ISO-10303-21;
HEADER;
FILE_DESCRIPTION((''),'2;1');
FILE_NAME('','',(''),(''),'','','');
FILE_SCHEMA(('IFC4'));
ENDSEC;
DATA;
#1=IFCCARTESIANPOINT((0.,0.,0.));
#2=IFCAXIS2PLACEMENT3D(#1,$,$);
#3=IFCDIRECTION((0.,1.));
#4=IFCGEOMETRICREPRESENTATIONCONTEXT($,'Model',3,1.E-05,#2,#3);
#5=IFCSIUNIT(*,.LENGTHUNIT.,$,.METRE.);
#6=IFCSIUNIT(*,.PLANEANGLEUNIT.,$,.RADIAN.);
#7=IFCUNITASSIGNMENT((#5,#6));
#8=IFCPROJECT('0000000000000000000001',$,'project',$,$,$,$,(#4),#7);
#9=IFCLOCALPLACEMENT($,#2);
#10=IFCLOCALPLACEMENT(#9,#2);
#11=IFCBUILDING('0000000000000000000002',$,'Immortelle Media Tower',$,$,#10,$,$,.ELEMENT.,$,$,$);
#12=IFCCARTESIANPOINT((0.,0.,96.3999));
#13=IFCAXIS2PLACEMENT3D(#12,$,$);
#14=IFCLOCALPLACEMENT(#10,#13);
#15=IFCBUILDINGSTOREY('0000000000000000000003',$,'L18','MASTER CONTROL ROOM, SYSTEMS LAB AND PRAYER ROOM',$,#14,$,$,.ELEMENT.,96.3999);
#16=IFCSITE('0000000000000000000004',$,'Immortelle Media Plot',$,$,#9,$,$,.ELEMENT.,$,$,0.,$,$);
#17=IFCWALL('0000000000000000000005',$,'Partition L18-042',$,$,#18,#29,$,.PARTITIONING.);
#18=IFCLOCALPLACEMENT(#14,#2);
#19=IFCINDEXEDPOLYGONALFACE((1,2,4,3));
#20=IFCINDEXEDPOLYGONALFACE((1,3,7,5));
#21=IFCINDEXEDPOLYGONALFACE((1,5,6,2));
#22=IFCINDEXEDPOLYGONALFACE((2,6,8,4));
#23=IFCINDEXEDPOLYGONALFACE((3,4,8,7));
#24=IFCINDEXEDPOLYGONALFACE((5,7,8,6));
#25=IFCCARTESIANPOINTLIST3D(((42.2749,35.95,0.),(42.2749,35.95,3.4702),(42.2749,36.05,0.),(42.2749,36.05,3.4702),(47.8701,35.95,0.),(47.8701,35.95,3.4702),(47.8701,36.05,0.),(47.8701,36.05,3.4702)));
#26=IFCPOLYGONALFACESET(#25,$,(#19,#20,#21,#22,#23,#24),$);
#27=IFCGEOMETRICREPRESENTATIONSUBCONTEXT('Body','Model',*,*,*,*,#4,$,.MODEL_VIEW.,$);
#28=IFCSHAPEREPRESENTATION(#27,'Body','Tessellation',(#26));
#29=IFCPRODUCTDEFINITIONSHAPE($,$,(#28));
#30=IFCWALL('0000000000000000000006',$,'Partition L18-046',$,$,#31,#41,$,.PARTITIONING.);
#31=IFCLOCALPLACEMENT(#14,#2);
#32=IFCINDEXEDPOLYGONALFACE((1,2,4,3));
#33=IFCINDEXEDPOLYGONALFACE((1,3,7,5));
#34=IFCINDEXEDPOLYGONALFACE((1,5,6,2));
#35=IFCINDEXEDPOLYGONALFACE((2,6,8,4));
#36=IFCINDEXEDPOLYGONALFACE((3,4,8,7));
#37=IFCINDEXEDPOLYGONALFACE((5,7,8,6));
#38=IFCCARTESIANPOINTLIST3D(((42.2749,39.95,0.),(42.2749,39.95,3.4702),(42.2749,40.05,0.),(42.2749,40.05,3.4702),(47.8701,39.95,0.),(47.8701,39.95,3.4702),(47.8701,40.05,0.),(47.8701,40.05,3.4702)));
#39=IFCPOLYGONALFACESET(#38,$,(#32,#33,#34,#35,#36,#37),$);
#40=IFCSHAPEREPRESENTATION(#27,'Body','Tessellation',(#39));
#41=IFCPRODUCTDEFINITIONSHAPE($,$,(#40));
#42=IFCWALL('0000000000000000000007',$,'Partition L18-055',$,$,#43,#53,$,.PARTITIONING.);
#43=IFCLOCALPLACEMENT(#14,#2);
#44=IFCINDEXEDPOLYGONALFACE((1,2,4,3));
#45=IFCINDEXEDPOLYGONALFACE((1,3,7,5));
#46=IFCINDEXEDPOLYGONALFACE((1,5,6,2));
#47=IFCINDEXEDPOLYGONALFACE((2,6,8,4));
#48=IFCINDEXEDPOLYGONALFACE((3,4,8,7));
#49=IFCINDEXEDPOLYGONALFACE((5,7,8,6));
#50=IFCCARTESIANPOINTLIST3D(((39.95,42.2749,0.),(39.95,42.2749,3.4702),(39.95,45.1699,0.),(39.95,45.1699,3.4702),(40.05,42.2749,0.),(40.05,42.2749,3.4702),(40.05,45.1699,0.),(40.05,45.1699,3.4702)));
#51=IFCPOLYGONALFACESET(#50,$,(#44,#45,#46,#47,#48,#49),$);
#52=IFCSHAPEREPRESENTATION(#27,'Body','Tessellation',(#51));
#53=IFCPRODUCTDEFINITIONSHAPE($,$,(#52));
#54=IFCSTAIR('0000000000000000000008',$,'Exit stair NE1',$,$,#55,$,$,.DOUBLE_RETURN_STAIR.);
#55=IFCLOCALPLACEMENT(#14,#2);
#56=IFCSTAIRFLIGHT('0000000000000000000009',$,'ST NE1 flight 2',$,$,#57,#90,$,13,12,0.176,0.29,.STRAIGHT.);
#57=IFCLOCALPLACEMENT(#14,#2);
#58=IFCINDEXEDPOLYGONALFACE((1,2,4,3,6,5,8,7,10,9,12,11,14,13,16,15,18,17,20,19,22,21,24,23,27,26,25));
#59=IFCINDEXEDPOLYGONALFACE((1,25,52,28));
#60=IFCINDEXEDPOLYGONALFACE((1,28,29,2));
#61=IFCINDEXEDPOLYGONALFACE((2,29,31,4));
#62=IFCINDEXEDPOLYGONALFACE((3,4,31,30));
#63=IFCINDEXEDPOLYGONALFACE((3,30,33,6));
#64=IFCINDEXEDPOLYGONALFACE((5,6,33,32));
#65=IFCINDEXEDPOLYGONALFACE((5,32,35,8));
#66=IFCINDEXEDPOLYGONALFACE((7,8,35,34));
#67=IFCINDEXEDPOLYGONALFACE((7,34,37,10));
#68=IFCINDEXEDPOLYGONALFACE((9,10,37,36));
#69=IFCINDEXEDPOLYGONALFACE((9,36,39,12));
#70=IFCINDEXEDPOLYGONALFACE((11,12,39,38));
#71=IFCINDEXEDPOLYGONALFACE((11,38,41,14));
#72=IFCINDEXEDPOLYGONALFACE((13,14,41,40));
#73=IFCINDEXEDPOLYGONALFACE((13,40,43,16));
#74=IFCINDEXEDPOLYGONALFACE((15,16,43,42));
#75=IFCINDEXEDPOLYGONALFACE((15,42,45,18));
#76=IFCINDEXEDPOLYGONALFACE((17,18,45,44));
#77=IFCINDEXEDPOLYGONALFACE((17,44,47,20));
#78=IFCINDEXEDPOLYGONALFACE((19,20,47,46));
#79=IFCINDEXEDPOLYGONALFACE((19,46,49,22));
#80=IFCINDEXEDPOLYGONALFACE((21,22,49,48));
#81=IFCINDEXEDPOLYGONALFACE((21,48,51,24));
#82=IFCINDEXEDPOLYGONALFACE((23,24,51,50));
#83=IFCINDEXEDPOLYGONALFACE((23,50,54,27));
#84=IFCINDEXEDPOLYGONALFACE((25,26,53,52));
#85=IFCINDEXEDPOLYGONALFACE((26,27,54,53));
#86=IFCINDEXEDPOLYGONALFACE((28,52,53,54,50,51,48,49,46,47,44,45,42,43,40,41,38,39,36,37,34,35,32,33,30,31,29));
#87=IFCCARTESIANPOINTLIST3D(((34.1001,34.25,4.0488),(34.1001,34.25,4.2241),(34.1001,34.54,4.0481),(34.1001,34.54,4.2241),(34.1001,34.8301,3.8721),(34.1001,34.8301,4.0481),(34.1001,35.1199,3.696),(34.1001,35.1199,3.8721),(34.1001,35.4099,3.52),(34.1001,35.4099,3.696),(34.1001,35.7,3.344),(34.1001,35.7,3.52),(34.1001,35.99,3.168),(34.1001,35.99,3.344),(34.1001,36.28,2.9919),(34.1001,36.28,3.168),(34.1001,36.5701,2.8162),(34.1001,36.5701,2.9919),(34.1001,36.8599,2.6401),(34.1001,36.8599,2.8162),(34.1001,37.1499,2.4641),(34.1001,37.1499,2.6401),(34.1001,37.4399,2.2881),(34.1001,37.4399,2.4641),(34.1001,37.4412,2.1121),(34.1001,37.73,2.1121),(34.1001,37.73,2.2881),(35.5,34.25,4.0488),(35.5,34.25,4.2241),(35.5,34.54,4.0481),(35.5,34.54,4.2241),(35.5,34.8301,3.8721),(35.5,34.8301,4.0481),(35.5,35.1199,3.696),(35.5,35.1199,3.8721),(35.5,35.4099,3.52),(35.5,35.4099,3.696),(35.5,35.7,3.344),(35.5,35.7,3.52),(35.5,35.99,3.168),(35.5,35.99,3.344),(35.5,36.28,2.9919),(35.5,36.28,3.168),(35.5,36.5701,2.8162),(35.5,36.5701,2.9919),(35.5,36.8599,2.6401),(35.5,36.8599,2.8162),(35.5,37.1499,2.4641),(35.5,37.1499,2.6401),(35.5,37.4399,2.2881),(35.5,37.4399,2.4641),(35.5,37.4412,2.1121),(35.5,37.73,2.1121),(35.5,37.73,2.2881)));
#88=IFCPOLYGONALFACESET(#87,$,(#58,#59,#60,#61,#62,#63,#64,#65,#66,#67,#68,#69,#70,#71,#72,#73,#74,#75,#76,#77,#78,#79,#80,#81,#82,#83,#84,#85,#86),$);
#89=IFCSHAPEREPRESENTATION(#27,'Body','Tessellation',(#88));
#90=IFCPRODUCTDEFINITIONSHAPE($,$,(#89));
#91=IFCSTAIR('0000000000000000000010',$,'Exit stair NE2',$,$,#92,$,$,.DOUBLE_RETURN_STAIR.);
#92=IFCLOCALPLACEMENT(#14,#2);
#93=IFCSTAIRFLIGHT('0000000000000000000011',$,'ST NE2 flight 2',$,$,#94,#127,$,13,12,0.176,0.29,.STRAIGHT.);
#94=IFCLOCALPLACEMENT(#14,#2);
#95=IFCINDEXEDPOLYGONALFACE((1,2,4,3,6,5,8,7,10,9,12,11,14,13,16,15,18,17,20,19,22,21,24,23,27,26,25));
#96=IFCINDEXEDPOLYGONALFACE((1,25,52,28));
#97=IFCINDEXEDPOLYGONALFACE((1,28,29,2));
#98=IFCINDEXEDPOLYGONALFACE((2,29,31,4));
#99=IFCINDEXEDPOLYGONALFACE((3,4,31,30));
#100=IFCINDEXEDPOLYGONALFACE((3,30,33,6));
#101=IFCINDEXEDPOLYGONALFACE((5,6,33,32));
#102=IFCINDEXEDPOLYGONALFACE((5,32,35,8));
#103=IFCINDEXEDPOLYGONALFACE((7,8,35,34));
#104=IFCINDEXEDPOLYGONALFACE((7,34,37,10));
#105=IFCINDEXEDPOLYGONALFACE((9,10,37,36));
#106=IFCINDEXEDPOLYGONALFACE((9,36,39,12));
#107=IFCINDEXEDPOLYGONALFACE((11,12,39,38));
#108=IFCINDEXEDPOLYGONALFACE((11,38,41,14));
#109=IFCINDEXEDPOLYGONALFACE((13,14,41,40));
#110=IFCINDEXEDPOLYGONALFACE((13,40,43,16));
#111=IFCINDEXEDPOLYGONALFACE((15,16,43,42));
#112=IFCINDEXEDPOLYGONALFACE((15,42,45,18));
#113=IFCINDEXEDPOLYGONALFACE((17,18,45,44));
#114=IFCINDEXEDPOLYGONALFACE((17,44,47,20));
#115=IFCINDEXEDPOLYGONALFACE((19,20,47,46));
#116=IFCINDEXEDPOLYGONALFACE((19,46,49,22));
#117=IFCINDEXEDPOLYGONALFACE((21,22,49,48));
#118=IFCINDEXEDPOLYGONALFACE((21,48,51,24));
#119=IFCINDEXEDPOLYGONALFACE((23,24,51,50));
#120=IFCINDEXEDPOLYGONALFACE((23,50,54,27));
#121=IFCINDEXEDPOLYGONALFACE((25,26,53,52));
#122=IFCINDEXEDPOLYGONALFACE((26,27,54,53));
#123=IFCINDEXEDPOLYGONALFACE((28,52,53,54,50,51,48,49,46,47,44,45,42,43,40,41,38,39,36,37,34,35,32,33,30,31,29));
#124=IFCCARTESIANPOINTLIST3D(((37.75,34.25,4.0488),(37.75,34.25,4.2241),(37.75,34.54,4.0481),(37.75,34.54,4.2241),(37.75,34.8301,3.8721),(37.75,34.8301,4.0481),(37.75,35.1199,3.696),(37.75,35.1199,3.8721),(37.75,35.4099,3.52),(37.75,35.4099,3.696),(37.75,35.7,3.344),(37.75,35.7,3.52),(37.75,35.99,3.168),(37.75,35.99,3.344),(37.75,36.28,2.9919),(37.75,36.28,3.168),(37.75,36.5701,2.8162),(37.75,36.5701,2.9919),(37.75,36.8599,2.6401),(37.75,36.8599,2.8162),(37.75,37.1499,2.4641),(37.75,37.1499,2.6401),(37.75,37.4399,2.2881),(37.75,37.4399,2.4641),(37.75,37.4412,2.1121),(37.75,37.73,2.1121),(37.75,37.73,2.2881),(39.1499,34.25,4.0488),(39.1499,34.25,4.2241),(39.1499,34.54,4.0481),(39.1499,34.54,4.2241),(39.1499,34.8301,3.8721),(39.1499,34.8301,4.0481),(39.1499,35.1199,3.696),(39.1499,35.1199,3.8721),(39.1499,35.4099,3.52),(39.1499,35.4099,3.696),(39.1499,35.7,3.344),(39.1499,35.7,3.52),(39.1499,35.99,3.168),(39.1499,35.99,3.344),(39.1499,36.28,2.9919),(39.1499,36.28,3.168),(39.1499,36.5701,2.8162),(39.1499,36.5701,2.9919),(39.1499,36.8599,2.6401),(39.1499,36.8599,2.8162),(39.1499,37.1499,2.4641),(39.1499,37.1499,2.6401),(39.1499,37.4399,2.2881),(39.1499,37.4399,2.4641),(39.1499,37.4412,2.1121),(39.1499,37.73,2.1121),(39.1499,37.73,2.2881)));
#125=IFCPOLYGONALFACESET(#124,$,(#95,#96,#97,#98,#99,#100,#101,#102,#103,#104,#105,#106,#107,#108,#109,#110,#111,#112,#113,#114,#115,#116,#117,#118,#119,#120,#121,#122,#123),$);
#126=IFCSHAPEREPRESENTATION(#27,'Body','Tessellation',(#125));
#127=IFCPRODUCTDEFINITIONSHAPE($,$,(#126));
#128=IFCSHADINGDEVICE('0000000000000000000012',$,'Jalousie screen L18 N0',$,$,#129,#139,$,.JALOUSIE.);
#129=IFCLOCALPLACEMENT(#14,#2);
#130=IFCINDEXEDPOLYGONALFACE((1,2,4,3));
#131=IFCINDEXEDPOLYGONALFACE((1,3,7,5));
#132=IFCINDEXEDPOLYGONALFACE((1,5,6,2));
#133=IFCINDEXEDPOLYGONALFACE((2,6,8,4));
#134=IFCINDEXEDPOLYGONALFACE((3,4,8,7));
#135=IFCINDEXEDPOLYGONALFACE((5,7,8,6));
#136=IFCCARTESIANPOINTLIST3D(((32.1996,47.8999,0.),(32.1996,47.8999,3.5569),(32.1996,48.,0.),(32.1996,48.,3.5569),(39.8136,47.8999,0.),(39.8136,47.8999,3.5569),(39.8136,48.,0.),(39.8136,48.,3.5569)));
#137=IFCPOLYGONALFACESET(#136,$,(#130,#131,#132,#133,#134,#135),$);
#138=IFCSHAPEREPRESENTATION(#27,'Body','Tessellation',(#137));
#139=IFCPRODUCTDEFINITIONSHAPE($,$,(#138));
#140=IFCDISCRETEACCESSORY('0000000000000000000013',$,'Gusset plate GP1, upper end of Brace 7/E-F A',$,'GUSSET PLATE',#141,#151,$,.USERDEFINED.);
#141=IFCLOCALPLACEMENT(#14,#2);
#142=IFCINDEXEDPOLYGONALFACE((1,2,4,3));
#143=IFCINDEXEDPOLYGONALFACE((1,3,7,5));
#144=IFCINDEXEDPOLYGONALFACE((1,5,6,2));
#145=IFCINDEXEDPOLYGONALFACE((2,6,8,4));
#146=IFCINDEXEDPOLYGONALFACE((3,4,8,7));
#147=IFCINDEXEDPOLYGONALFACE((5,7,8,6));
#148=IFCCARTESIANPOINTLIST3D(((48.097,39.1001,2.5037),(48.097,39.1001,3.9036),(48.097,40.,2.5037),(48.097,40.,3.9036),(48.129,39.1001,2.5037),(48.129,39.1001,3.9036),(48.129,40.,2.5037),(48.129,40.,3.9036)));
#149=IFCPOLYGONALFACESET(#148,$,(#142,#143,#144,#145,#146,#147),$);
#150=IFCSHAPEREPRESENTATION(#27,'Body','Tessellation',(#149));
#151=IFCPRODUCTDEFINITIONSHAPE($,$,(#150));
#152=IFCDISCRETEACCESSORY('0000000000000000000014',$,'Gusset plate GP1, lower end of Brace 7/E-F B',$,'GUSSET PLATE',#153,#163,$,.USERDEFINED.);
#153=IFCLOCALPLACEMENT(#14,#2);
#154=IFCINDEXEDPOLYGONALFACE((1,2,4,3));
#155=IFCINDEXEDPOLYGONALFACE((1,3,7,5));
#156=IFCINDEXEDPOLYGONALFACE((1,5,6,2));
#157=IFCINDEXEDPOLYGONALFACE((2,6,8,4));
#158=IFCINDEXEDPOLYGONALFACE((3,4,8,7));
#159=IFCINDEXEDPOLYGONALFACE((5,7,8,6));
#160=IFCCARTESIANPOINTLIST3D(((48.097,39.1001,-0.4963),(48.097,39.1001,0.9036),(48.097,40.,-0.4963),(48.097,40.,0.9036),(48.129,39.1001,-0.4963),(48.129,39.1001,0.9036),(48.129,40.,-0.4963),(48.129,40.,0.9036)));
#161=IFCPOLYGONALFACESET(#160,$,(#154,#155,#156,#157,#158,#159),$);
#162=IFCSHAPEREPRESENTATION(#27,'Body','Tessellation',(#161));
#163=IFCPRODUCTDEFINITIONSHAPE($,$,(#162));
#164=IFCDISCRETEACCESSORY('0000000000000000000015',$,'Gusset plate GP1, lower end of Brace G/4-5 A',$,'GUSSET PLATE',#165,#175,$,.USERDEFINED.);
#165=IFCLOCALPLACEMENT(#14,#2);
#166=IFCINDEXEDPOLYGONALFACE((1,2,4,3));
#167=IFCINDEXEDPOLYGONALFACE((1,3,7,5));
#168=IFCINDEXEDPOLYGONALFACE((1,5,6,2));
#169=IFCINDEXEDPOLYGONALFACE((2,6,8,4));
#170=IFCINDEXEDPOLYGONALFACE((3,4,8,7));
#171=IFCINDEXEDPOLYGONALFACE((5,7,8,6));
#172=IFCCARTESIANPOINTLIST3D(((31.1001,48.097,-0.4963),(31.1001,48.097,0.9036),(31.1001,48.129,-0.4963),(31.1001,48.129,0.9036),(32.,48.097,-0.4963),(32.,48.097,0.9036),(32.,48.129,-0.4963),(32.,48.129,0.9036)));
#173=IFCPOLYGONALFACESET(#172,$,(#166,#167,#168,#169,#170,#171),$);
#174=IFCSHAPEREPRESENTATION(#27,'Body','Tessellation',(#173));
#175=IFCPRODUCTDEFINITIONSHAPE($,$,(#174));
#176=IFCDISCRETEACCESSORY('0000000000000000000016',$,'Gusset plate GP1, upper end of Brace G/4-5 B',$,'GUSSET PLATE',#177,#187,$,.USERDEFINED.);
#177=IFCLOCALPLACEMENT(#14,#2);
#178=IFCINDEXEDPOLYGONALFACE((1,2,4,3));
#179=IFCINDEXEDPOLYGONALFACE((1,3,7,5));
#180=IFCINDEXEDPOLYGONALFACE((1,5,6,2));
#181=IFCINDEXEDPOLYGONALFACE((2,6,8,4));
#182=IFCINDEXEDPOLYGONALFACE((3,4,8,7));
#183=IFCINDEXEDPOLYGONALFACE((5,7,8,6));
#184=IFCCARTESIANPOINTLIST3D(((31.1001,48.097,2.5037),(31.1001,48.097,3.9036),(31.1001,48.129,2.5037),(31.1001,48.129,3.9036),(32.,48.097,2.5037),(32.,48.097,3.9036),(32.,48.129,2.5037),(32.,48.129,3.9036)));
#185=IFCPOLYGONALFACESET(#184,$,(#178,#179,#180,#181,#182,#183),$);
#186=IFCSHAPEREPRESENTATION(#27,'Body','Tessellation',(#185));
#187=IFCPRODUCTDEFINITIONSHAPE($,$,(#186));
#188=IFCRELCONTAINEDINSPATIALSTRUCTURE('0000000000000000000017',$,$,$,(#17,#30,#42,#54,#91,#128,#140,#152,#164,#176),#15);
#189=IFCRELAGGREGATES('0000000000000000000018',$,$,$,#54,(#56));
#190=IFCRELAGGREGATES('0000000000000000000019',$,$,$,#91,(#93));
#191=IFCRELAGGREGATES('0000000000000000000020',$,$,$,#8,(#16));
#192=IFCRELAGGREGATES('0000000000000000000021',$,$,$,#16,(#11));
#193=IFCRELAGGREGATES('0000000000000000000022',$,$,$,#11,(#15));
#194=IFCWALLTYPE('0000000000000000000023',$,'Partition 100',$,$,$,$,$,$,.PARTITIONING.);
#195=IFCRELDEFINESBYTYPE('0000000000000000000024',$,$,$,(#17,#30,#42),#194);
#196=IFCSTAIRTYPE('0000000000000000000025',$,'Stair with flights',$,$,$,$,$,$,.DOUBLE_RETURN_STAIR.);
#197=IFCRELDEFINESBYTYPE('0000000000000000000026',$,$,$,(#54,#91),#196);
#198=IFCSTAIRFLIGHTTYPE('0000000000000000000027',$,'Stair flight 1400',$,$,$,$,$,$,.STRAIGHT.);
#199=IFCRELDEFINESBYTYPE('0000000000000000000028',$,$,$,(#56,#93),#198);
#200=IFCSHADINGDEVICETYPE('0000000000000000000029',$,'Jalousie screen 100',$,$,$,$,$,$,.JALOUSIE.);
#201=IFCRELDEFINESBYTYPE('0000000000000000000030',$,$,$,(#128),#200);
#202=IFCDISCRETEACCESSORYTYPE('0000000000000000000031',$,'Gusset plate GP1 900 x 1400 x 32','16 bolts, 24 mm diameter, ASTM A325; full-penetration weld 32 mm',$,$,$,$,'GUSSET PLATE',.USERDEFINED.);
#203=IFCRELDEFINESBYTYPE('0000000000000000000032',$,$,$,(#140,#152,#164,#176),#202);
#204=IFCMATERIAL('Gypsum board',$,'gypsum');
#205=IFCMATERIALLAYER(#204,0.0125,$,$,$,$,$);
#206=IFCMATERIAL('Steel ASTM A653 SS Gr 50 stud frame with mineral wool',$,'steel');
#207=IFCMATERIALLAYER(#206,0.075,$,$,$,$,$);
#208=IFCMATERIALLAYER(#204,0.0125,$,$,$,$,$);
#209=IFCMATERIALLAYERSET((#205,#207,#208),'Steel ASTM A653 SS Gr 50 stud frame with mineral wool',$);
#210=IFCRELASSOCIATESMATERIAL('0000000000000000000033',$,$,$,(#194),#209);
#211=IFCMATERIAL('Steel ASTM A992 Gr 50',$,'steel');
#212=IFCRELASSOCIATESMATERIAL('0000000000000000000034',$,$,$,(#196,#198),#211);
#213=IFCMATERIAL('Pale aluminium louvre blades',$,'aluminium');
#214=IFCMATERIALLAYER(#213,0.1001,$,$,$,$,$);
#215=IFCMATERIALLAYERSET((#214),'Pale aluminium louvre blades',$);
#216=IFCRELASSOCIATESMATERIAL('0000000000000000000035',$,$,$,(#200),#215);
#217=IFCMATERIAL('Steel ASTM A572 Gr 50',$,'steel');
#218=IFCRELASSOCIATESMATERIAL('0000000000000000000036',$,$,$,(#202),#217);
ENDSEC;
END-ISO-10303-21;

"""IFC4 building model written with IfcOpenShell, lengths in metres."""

from ifc_helpers import new_model, si_unit, direction, frame, frame_2d, origin, origin_2d, place, context, subcontext, project, spatial, polyline, rectangle, outline, extrude, material, layer, layer_set, material_profile, profile_set, type_object, element, aggregate, save


model = new_model("IFC4")

# Units and contexts
model_context = context("Model", 3, precision=1e-05, world=origin(), true_north=direction((0.0, 1.0)))
body_context = subcontext(model_context, "Body", "Model", "MODEL_VIEW")
ifc_project = project(units=[si_unit("LENGTHUNIT", "METRE"), si_unit("PLANEANGLEUNIT", "RADIAN")], contexts=[model_context])

# Site, building, storey
site_placement = place(None, origin())
site = spatial("IfcSite", under=ifc_project, at=site_placement, Name="Immortelle Media Plot", CompositionType="ELEMENT", RefElevation=0.0)
building_placement = place(site_placement, origin())
building = spatial("IfcBuilding", under=site, at=building_placement, Name="Immortelle Media Tower", CompositionType="ELEMENT")
storey_placement = place(building_placement, frame((0.0, 0.0, 96.3999)))
storey = spatial("IfcBuildingStorey", under=building, at=storey_placement, Name="L18", Description="MASTER CONTROL ROOM, SYSTEMS LAB AND PRAYER ROOM", CompositionType="ELEMENT", Elevation=96.3999)

# Shared definitions
ifc_material_1 = material(Name="Steel ASTM A992 Gr 50", Category="steel")

# Shared definitions
ifc_material_2 = material(Name="Steel ASTM A653 SS Gr 50 stud frame with mineral wool", Category="steel")

# Walls
ifc_material_3 = material(Name="Gypsum board", Category="gypsum")
ifc_layer_1 = layer(ifc_material_3, 0.0125)
ifc_layer_2 = layer(ifc_material_2, 0.075)
ifc_layer_3 = layer(ifc_material_3, 0.0125)
ifc_layer_set_1 = layer_set([ifc_layer_1, ifc_layer_2, ifc_layer_3], Name="Steel ASTM A653 SS Gr 50 stud frame with mineral wool")
wall_type_1 = type_object("IfcWallType", Name="Partition 100", PredefinedType="PARTITIONING", material=ifc_layer_set_1)
for number, where, z_axis, x_axis, name in (
    (1, (42.2749, 36.0, 0.0), (0.0, 0.0, 1.0), (1.0, 0.0, 0.0), "Partition L18-042"),
    (2, (42.2749, 40.0, 0.0), (0.0, 0.0, 1.0), (1.0, 0.0, 0.0), "Partition L18-046"),
):
    element("IfcWall", number, at=place(storey_placement, frame(where, z_axis=z_axis, x_axis=x_axis)), inside=storey, type_object=wall_type_1, Name=name, PredefinedType="PARTITIONING", context=body_context, shape_type="SweptSolid", body=[
        extrude(rectangle(XDim=5.5952, YDim=0.1001, at=frame_2d((2.7976, 0.0))), origin(), (0.0, 0.0, 1.0), 3.4702),
    ])
wall_1_placement = place(storey_placement, frame((40.0, 42.2749, 0.0), z_axis=(0.0, 0.0, 1.0), x_axis=(0.0, 1.0, 0.0)))
element("IfcWall", 3, at=wall_1_placement, inside=storey, type_object=wall_type_1, Name="Partition L18-055", PredefinedType="PARTITIONING", context=body_context, shape_type="SweptSolid", body=[
    extrude(rectangle(XDim=2.895, YDim=0.1001, at=frame_2d((1.4475, 0.0))), origin(), (0.0, 0.0, 1.0), 3.4702),
])

# Stairs, stair flights
stair_type = type_object("IfcStairType", Name="Stair with flights", PredefinedType="DOUBLE_RETURN_STAIR", material=ifc_material_1)
stair_1_placement = place(storey_placement, origin())
stair_1 = element("IfcStair", 4, at=stair_1_placement, inside=storey, type_object=stair_type, Name="Exit stair NE1", PredefinedType="DOUBLE_RETURN_STAIR")
stair_flight_type = type_object("IfcStairFlightType", Name="Stair flight 1400", PredefinedType="STRAIGHT", material=ifc_material_1)
stair_flight_1_placement = place(storey_placement, frame((34.8, 37.73, 2.1121), z_axis=(0.0, 0.0, 1.0), x_axis=(0.0, -1.0, 0.0)))
stair_flight_1 = element("IfcStairFlight", 5, at=stair_flight_1_placement, type_object=stair_flight_type, Name="ST NE1 flight 2", NumberOfRisers=13, NumberOfTreads=12, PredefinedType="STRAIGHT", RiserHeight=0.176, TreadLength=0.29, context=body_context, shape_type="SweptSolid", body=[
    extrude(outline(polyline([(0.0, 0.0), (0.0, 0.176), (0.29, 0.176), (0.29, 0.3521), (0.5801, 0.3521), (0.5801, 0.5281), (0.8701, 0.5281), (0.8701, 0.7041), (1.1599, 0.7041), (1.1599, 0.8799), (1.45, 0.8799), (1.45, 1.0559), (1.74, 1.0559), (1.74, 1.2319), (2.03, 1.2319), (2.03, 1.408), (2.3201, 1.408), (2.3201, 1.584), (2.6101, 1.584), (2.6101, 1.76), (2.8999, 1.76), (2.8999, 1.936), (3.1899, 1.936), (3.1899, 2.1121), (3.48, 2.1121), (3.48, 2.2881), (3.48, 1.9368), (0.2888, 0.0), (0.0, 0.0)])), frame((0.0, 0.7, 0.0), z_axis=(0.0, -1.0, 0.0), x_axis=(1.0, 0.0, 0.0)), (0.0, 0.0, 1.0), 1.3999),
])
aggregate(stair_1, [stair_flight_1])
stair_2_placement = place(storey_placement, origin())
stair_2 = element("IfcStair", 6, at=stair_2_placement, inside=storey, type_object=stair_type, Name="Exit stair NE2", PredefinedType="DOUBLE_RETURN_STAIR")
stair_flight_2_placement = place(storey_placement, frame((38.45, 37.73, 2.1121), z_axis=(0.0, 0.0, 1.0), x_axis=(0.0, -1.0, 0.0)))
stair_flight_2 = element("IfcStairFlight", 7, at=stair_flight_2_placement, type_object=stair_flight_type, Name="ST NE2 flight 2", NumberOfRisers=13, NumberOfTreads=12, PredefinedType="STRAIGHT", RiserHeight=0.176, TreadLength=0.29, context=body_context, shape_type="SweptSolid", body=[
    extrude(outline(polyline([(0.0, 0.0), (0.0, 0.176), (0.29, 0.176), (0.29, 0.3521), (0.5801, 0.3521), (0.5801, 0.5281), (0.8701, 0.5281), (0.8701, 0.7041), (1.1599, 0.7041), (1.1599, 0.8799), (1.45, 0.8799), (1.45, 1.0559), (1.74, 1.0559), (1.74, 1.2319), (2.03, 1.2319), (2.03, 1.408), (2.3201, 1.408), (2.3201, 1.584), (2.6101, 1.584), (2.6101, 1.76), (2.8999, 1.76), (2.8999, 1.936), (3.1899, 1.936), (3.1899, 2.1121), (3.48, 2.1121), (3.48, 2.2881), (3.48, 1.9368), (0.2888, 0.0), (0.0, 0.0)])), frame((0.0, 0.7, 0.0), z_axis=(0.0, -1.0, 0.0), x_axis=(1.0, 0.0, 0.0)), (0.0, 0.0, 1.0), 1.3999),
])
aggregate(stair_2, [stair_flight_2])

# Shading device
ifc_material_4 = material(Name="Pale aluminium louvre blades", Category="aluminium")
ifc_layer_4 = layer(ifc_material_4, 0.1001)
ifc_layer_set_2 = layer_set([ifc_layer_4], Name="Pale aluminium louvre blades")
shading_device_type = type_object("IfcShadingDeviceType", Name="Jalousie screen 100", PredefinedType="JALOUSIE", material=ifc_layer_set_2)
shading_device_placement = place(storey_placement, frame((36.0066, 47.95, 0.0), z_axis=(0.0, 0.0, 1.0), x_axis=(-1.0, 0.0, 0.0)))
element("IfcShadingDevice", 8, at=shading_device_placement, inside=storey, type_object=shading_device_type, Name="Jalousie screen L18 N0", PredefinedType="JALOUSIE", context=body_context, shape_type="SweptSolid", body=[
    extrude(rectangle(XDim=7.614, YDim=0.1001, at=origin_2d()), origin(), (0.0, 0.0, 1.0), 3.5569),
])

# Discrete accessories
ifc_material_5 = material(Name="Steel ASTM A572 Gr 50", Category="steel")
ifc_material_profile_1 = material_profile(ifc_material_5, rectangle(XDim=0.032, YDim=1.3999, at=origin_2d()), Name="PL 32 x 1400")
ifc_profile_set_1 = profile_set([ifc_material_profile_1], Name="Steel ASTM A572 Gr 50")
discrete_accessory_type = type_object("IfcDiscreteAccessoryType", Name="Gusset plate GP1 900 x 1400 x 32", Description="16 bolts, 24 mm diameter, ASTM A325; full-penetration weld 32 mm", ElementType="GUSSET PLATE", PredefinedType="USERDEFINED", material=ifc_profile_set_1)
for number, where, z_axis, x_axis, name in (
    (9, (48.113, 40.0, 3.2036), (0.0, -1.0, 0.0), (1.0, 0.0, 0.0), "Gusset plate GP1, upper end of Brace 7/E-F A"),
    (10, (48.113, 40.0, 0.2036), (0.0, -1.0, 0.0), (1.0, 0.0, 0.0), "Gusset plate GP1, lower end of Brace 7/E-F B"),
    (11, (32.0, 48.113, 0.2036), (-1.0, 0.0, 0.0), (0.0, -1.0, 0.0), "Gusset plate GP1, lower end of Brace G/4-5 A"),
    (12, (32.0, 48.113, 3.2036), (-1.0, 0.0, 0.0), (0.0, -1.0, 0.0), "Gusset plate GP1, upper end of Brace G/4-5 B"),
):
    element("IfcDiscreteAccessory", number, at=place(storey_placement, frame(where, z_axis=z_axis, x_axis=x_axis)), inside=storey, type_object=discrete_accessory_type, Name=name, ObjectType="GUSSET PLATE", PredefinedType="USERDEFINED", context=body_context, shape_type="SweptSolid", body=[
        extrude(rectangle(XDim=0.032, YDim=1.3999, at=origin_2d()), origin(), (0.0, 0.0, 1.0), 0.8999),
    ])

save(model, "model.ifc")
